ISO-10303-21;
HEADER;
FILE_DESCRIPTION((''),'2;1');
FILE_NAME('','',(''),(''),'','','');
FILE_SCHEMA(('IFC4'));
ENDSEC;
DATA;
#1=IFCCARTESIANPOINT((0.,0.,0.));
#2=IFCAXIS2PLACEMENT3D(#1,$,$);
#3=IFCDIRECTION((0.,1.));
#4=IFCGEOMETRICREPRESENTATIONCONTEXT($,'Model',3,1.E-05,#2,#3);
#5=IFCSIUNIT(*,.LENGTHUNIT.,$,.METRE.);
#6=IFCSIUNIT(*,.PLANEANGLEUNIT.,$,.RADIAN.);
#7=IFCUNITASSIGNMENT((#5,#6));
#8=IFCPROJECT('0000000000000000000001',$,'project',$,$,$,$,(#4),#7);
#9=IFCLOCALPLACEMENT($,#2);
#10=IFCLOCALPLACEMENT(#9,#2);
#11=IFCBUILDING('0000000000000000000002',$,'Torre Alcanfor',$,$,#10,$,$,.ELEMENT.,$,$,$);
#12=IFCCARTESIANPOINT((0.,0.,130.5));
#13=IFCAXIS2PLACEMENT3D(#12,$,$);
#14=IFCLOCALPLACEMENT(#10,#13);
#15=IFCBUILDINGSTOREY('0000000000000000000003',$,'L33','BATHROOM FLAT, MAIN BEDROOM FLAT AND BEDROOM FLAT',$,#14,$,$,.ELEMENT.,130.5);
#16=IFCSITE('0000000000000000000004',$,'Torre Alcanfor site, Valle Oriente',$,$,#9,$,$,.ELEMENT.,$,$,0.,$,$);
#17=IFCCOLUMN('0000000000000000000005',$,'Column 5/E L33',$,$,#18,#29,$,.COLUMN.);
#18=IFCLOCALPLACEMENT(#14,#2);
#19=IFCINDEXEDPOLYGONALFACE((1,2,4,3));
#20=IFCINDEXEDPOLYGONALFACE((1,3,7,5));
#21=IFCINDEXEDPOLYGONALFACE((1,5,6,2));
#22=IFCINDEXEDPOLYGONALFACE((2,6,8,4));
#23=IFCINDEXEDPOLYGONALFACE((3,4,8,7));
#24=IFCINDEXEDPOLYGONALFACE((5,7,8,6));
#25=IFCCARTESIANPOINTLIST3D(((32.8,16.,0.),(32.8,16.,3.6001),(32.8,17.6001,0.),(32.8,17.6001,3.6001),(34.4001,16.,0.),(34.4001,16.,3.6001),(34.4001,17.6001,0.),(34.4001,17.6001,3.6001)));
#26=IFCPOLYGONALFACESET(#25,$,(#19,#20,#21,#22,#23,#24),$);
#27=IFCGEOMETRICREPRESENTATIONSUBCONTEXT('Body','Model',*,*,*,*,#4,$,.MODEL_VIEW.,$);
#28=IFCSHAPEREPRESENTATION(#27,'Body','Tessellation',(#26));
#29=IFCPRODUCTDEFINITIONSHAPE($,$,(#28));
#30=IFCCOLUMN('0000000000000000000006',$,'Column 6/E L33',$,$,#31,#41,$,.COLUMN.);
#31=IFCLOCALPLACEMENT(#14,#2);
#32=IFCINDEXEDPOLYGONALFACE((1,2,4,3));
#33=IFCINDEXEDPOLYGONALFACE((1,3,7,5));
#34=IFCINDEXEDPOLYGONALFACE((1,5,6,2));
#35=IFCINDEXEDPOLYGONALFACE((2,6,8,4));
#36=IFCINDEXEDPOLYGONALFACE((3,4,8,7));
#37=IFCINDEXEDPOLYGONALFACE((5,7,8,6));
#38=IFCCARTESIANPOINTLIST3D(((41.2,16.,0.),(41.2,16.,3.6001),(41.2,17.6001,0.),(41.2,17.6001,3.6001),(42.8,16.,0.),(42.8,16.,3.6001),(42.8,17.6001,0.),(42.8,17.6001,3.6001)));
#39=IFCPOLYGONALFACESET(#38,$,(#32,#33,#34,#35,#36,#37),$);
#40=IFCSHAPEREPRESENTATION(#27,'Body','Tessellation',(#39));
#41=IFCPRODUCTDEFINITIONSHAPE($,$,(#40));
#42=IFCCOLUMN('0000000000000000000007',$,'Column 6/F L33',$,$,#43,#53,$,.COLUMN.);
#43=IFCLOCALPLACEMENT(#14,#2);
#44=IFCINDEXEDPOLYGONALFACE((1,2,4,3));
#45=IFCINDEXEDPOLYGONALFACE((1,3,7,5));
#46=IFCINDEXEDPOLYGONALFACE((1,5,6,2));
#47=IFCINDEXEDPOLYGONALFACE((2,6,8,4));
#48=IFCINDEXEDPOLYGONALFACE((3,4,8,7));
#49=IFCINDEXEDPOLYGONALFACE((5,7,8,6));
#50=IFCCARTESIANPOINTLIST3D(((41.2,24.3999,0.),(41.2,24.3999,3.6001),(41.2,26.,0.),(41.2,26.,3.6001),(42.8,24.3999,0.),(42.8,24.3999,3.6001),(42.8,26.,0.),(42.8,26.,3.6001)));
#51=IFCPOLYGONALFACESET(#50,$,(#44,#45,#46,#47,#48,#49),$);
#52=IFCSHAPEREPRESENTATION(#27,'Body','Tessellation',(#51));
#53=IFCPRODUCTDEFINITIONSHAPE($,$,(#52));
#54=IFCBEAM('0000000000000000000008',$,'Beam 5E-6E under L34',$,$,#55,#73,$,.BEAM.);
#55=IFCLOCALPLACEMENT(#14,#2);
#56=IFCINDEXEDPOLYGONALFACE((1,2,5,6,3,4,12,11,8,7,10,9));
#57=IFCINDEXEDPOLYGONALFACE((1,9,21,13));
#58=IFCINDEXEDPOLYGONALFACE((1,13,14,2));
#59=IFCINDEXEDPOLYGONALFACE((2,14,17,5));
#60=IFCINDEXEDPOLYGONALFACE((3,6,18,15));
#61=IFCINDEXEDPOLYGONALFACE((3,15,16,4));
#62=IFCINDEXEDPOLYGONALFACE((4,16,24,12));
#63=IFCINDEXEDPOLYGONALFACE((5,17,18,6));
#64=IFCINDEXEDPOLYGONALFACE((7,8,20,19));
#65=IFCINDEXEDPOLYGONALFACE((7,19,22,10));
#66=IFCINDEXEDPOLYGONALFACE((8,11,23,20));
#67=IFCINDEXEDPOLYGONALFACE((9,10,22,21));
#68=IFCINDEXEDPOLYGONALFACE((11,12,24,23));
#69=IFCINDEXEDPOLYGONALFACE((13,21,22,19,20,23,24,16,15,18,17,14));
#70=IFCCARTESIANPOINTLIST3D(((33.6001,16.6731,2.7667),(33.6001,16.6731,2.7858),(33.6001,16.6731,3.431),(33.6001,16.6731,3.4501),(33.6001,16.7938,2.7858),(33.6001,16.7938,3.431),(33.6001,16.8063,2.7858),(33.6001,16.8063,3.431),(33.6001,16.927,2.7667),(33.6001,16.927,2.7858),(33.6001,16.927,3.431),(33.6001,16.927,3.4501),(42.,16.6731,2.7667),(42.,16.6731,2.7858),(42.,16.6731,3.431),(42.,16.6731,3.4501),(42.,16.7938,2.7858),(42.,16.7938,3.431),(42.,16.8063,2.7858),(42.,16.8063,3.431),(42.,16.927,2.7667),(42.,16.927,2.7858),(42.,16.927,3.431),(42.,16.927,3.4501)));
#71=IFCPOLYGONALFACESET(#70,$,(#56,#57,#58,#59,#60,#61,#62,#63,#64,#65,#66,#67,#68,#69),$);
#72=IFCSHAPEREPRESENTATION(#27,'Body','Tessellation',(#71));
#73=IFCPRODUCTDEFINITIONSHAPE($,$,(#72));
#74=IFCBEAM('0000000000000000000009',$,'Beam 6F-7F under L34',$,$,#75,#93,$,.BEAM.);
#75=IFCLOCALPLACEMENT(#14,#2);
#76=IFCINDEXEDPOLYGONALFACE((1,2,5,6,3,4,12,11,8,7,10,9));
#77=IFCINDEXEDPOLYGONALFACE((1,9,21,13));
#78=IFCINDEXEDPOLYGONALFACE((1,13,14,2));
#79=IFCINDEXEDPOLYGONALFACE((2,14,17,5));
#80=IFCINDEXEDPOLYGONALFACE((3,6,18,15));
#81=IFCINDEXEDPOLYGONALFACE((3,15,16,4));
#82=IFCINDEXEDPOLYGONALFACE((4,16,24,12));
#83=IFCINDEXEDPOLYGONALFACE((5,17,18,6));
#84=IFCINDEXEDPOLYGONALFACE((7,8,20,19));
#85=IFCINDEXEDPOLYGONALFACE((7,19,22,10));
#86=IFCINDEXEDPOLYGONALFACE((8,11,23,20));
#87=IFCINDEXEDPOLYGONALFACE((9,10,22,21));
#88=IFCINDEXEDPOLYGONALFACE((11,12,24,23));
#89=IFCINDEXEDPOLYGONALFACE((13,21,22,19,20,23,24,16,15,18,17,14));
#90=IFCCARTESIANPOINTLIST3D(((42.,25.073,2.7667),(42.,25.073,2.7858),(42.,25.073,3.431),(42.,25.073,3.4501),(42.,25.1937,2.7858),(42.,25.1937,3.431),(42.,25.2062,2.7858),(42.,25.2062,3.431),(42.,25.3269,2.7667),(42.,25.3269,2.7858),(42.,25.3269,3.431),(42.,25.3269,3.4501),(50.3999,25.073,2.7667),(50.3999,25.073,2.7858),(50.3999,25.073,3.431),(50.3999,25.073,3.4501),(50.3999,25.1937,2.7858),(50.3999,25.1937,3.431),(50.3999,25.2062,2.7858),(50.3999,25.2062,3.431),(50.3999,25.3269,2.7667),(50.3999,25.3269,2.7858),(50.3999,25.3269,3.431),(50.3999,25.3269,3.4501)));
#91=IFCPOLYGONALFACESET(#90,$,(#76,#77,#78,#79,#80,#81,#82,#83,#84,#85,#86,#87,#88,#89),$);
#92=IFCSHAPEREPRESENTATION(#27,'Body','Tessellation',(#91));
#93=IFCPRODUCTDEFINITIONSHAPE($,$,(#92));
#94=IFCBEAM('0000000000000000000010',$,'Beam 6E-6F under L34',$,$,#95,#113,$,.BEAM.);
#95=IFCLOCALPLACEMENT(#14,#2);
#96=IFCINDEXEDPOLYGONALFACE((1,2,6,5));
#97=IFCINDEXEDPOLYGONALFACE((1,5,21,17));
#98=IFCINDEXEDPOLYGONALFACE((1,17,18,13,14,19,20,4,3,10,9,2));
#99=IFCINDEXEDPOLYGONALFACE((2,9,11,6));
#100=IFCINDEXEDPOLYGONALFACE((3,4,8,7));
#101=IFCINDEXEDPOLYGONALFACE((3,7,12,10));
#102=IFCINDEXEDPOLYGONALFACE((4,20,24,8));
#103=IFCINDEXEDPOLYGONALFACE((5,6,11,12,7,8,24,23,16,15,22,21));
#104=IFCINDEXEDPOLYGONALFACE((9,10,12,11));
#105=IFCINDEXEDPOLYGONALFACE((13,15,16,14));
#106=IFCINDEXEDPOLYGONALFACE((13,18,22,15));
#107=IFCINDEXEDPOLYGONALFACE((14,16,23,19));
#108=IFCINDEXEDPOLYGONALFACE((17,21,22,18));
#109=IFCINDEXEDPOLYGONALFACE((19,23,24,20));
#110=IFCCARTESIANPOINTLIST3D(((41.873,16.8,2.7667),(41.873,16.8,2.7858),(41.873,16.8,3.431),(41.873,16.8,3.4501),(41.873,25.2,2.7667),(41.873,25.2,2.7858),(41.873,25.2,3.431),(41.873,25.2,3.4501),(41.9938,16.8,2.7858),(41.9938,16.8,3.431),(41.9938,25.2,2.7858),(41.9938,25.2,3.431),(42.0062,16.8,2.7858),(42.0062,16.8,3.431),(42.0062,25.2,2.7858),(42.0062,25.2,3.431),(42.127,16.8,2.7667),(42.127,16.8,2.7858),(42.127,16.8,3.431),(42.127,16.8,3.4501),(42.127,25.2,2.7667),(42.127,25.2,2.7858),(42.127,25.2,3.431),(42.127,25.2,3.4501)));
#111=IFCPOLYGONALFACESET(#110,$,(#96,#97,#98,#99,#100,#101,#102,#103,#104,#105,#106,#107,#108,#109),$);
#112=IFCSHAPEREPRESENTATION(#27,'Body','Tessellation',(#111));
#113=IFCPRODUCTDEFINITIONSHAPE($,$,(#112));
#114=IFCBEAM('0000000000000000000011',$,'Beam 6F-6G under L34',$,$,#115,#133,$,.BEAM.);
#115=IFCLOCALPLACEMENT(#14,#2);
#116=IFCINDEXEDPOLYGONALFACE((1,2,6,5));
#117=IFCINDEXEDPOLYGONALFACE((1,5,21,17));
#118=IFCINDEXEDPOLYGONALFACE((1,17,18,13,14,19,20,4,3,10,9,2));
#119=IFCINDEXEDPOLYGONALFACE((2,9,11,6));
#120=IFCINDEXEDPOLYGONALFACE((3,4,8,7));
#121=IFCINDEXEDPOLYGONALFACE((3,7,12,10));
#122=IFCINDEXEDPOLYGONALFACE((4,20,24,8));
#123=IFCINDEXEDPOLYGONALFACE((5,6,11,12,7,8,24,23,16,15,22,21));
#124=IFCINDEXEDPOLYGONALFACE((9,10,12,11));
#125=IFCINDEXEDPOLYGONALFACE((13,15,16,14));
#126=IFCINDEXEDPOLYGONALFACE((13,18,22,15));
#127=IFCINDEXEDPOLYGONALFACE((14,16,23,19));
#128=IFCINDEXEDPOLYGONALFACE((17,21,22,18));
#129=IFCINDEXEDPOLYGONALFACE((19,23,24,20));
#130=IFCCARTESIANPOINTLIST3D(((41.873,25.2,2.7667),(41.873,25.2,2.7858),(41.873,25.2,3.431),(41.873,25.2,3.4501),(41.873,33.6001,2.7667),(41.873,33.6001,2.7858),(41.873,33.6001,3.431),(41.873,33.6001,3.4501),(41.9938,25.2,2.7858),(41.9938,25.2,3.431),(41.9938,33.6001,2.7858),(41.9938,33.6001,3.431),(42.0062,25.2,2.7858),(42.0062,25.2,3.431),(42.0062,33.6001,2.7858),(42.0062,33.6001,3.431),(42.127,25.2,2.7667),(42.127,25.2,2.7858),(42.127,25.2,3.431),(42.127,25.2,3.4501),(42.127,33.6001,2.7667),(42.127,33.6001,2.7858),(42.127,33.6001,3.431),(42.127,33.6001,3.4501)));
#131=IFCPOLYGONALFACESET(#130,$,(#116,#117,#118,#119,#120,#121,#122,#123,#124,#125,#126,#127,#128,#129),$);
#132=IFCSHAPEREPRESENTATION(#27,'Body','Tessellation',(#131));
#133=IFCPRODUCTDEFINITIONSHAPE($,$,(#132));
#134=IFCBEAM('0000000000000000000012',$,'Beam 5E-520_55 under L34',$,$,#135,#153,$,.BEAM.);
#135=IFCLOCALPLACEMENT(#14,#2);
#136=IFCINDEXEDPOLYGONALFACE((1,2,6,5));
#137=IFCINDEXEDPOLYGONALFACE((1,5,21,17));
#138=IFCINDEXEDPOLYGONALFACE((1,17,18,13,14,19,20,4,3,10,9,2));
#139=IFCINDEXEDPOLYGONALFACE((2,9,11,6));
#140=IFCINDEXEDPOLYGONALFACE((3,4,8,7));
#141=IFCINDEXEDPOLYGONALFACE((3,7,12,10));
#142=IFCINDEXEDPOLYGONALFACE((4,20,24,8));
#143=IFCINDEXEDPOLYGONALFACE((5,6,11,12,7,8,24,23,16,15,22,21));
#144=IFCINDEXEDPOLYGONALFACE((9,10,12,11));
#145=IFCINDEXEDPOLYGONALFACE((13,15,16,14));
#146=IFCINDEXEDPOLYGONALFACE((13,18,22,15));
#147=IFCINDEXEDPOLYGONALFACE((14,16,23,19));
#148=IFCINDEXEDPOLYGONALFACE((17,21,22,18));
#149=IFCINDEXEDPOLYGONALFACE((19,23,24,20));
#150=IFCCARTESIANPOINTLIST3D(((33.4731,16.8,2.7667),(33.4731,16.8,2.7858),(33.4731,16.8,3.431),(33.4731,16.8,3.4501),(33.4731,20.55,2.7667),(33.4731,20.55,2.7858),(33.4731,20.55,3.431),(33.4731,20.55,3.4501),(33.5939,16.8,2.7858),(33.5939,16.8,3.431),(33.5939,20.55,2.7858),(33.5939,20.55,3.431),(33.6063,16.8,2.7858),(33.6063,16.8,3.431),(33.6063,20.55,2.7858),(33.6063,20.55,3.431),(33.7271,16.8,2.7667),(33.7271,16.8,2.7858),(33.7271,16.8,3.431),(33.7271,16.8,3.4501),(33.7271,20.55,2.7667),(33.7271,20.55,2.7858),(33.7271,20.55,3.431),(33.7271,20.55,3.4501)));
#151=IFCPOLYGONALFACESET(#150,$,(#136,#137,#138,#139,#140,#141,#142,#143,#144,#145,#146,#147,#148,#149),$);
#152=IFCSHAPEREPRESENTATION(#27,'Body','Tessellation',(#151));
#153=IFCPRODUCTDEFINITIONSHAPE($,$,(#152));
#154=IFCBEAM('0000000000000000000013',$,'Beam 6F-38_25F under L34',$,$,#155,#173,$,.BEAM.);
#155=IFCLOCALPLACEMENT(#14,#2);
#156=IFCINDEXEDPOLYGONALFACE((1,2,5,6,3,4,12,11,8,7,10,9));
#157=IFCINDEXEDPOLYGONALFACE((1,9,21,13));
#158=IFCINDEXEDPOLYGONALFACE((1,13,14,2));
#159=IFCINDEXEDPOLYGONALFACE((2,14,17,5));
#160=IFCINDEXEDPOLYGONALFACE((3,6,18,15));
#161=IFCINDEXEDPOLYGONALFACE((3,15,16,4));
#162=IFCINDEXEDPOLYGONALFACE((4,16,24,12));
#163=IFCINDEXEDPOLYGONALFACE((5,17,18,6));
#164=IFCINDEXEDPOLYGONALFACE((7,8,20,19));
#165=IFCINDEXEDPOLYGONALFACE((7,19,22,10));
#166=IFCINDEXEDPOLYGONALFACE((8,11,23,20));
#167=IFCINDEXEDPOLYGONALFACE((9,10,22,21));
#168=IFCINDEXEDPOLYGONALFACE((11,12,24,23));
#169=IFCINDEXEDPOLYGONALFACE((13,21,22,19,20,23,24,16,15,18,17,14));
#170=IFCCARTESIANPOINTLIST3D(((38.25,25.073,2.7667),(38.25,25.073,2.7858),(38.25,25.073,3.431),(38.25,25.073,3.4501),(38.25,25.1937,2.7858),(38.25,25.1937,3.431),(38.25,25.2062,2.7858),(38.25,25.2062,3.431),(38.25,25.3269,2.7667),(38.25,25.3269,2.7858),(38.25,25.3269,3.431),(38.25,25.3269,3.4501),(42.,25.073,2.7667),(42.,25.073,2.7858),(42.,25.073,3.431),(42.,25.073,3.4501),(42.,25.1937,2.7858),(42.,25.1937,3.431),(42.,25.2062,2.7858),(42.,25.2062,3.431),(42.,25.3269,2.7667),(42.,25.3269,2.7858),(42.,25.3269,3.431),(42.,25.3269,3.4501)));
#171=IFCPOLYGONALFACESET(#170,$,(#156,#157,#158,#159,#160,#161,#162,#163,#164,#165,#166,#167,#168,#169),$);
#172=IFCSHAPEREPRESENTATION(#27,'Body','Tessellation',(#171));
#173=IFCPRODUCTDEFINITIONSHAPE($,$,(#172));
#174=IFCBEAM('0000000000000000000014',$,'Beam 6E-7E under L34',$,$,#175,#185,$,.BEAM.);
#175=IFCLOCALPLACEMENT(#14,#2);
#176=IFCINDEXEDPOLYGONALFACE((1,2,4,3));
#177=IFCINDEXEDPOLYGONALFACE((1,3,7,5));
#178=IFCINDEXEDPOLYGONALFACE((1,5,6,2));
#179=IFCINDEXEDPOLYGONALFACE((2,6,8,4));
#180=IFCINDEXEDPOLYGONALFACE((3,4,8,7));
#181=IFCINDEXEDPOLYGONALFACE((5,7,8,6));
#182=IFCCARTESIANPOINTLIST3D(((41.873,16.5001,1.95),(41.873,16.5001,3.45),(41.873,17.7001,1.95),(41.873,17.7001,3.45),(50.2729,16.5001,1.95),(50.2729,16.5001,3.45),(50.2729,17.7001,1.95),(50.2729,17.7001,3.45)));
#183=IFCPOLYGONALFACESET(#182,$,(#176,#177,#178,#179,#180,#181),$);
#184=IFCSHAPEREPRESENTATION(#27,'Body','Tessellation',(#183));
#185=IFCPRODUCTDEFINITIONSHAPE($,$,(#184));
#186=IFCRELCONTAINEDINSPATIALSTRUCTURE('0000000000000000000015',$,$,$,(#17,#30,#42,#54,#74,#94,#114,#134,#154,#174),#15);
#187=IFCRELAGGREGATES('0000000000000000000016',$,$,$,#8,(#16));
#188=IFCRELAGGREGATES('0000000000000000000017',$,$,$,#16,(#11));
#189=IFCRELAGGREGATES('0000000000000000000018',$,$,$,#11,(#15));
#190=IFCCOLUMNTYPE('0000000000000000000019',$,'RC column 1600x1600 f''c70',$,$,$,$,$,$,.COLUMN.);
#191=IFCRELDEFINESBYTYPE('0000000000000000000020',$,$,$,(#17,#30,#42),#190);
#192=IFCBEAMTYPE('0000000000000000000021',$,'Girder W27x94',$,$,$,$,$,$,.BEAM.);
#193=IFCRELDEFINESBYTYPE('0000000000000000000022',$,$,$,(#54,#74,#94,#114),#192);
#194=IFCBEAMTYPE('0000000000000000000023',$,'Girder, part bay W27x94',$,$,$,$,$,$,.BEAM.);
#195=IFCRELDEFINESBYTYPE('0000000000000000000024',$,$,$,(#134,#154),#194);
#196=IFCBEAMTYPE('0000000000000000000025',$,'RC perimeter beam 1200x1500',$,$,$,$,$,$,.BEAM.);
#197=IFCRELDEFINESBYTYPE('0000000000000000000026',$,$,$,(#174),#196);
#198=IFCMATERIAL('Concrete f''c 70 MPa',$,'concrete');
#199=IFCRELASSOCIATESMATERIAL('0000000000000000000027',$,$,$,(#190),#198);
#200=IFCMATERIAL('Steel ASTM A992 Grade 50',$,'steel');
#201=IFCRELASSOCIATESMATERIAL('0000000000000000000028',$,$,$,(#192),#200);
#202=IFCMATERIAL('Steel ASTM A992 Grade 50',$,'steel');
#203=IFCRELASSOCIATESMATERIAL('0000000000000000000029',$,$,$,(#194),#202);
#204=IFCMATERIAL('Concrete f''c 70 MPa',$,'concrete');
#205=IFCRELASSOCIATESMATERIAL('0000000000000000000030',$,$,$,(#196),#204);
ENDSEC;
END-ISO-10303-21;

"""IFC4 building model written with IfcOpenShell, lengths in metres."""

from ifc_helpers import new_model, si_unit, direction, frame, origin, origin_2d, place, context, subcontext, project, spatial, rectangle, i_section, extrude, material, material_profile, profile_set, type_object, element, save


model = new_model("IFC4")

# Units and contexts
model_context = context("Model", 3, precision=1e-05, world=origin(), true_north=direction((0.0, 1.0)))
body_context = subcontext(model_context, "Body", "Model", "MODEL_VIEW")
ifc_project = project(units=[si_unit("LENGTHUNIT", "METRE"), si_unit("PLANEANGLEUNIT", "RADIAN")], contexts=[model_context])

# Site, building, storey
site_placement = place(None, origin())
site = spatial("IfcSite", under=ifc_project, at=site_placement, Name="Torre Alcanfor site, Valle Oriente", CompositionType="ELEMENT", RefElevation=0.0)
building_placement = place(site_placement, origin())
building = spatial("IfcBuilding", under=site, at=building_placement, Name="Torre Alcanfor", CompositionType="ELEMENT")
storey_placement = place(building_placement, frame((0.0, 0.0, 130.5)))
storey = spatial("IfcBuildingStorey", under=building, at=storey_placement, Name="L33", Description="BATHROOM FLAT, MAIN BEDROOM FLAT AND BEDROOM FLAT", CompositionType="ELEMENT", Elevation=130.5)

# Columns
ifc_material_1 = material(Name="Concrete f'c 70 MPa", Category="concrete")
ifc_material_profile_1 = material_profile(ifc_material_1, rectangle(XDim=1.6001, YDim=1.6001, at=origin_2d()), Name="1600x1600")
ifc_profile_set_1 = profile_set([ifc_material_profile_1], Name="Concrete f'c 70 MPa")
column_type = type_object("IfcColumnType", Name="RC column 1600x1600 f'c70", PredefinedType="COLUMN", material=ifc_profile_set_1)
for number, where, z_axis, x_axis, name in (
    (1, (33.6001, 16.8, 0.0), (0.0, 0.0, 1.0), (1.0, 0.0, 0.0), "Column 5/E L33"),
    (2, (42.0, 16.8, 0.0), (0.0, 0.0, 1.0), (1.0, 0.0, 0.0), "Column 6/E L33"),
    (3, (42.0, 25.2, 0.0), (0.0, 0.0, 1.0), (1.0, 0.0, 0.0), "Column 6/F L33"),
):
    element("IfcColumn", number, at=place(storey_placement, frame(where, z_axis=z_axis, x_axis=x_axis)), inside=storey, type_object=column_type, Name=name, PredefinedType="COLUMN", context=body_context, shape_type="SweptSolid", body=[
        extrude(rectangle(XDim=1.6001, YDim=1.6001, at=origin_2d()), origin(), (0.0, 0.0, 1.0), 3.6001),
    ])

# Beams
ifc_material_2 = material(Name="Steel ASTM A992 Grade 50", Category="steel")
ifc_material_profile_2 = material_profile(ifc_material_2, i_section(OverallWidth=0.2539, OverallDepth=0.6833, WebThickness=0.0125, FlangeThickness=0.019, at=origin_2d()), Name="W27x94")
ifc_profile_set_2 = profile_set([ifc_material_profile_2], Name="Steel ASTM A992 Grade 50")
beam_type_1 = type_object("IfcBeamType", Name="Girder W27x94", PredefinedType="BEAM", material=ifc_profile_set_2)
for number, where, z_axis, x_axis, name in (
    (4, (33.6001, 16.8, 3.1084), (1.0, 0.0, 0.0), (0.0, 1.0, 0.0), "Beam 5E-6E under L34"),
    (5, (42.0, 25.2, 3.1084), (1.0, 0.0, 0.0), (0.0, 1.0, 0.0), "Beam 6F-7F under L34"),
    (6, (42.0, 16.8, 3.1084), (0.0, 1.0, 0.0), (-1.0, 0.0, 0.0), "Beam 6E-6F under L34"),
):
    element("IfcBeam", number, at=place(storey_placement, frame(where, z_axis=z_axis, x_axis=x_axis)), inside=storey, type_object=beam_type_1, Name=name, PredefinedType="BEAM", context=body_context, shape_type="SweptSolid", body=[
        extrude(i_section(OverallWidth=0.2539, OverallDepth=0.6833, WebThickness=0.0125, FlangeThickness=0.019, at=origin_2d()), origin(), (0.0, 0.0, 1.0), 8.3999),
    ])
beam_1_placement = place(storey_placement, frame((42.0, 25.2, 3.1084), z_axis=(0.0, 1.0, 0.0), x_axis=(-1.0, 0.0, 0.0)))
element("IfcBeam", 7, at=beam_1_placement, inside=storey, type_object=beam_type_1, Name="Beam 6F-6G under L34", PredefinedType="BEAM", context=body_context, shape_type="SweptSolid", body=[
    extrude(i_section(OverallWidth=0.2539, OverallDepth=0.6833, WebThickness=0.0125, FlangeThickness=0.019, at=origin_2d()), origin(), (0.0, 0.0, 1.0), 8.4001),
])
ifc_material_3 = material(Name="Steel ASTM A992 Grade 50", Category="steel")
ifc_material_profile_3 = material_profile(ifc_material_3, i_section(OverallWidth=0.2539, OverallDepth=0.6833, WebThickness=0.0125, FlangeThickness=0.019, at=origin_2d()), Name="W27x94")
ifc_profile_set_3 = profile_set([ifc_material_profile_3], Name="Steel ASTM A992 Grade 50")
beam_type_2 = type_object("IfcBeamType", Name="Girder, part bay W27x94", PredefinedType="BEAM", material=ifc_profile_set_3)
for number, where, z_axis, x_axis, name in (
    (8, (33.6001, 16.8, 3.1084), (0.0, 1.0, 0.0), (-1.0, 0.0, 0.0), "Beam 5E-520_55 under L34"),
    (9, (42.0, 25.2, 3.1084), (-1.0, 0.0, 0.0), (0.0, -1.0, 0.0), "Beam 6F-38_25F under L34"),
):
    element("IfcBeam", number, at=place(storey_placement, frame(where, z_axis=z_axis, x_axis=x_axis)), inside=storey, type_object=beam_type_2, Name=name, PredefinedType="BEAM", context=body_context, shape_type="SweptSolid", body=[
        extrude(i_section(OverallWidth=0.2539, OverallDepth=0.6833, WebThickness=0.0125, FlangeThickness=0.019, at=origin_2d()), origin(), (0.0, 0.0, 1.0), 3.75),
    ])
ifc_material_4 = material(Name="Concrete f'c 70 MPa", Category="concrete")
ifc_material_profile_4 = material_profile(ifc_material_4, rectangle(XDim=1.2, YDim=1.5, at=origin_2d()), Name="1200x1500")
ifc_profile_set_4 = profile_set([ifc_material_profile_4], Name="Concrete f'c 70 MPa")
beam_type_3 = type_object("IfcBeamType", Name="RC perimeter beam 1200x1500", PredefinedType="BEAM", material=ifc_profile_set_4)
beam_2_placement = place(storey_placement, frame((41.873, 17.1001, 2.7), z_axis=(1.0, 0.0, 0.0), x_axis=(0.0, 1.0, 0.0)))
element("IfcBeam", 10, at=beam_2_placement, inside=storey, type_object=beam_type_3, Name="Beam 6E-7E under L34", PredefinedType="BEAM", context=body_context, shape_type="SweptSolid", body=[
    extrude(rectangle(XDim=1.2, YDim=1.5, at=origin_2d()), origin(), (0.0, 0.0, 1.0), 8.3999),
])

save(model, "model.ifc")
